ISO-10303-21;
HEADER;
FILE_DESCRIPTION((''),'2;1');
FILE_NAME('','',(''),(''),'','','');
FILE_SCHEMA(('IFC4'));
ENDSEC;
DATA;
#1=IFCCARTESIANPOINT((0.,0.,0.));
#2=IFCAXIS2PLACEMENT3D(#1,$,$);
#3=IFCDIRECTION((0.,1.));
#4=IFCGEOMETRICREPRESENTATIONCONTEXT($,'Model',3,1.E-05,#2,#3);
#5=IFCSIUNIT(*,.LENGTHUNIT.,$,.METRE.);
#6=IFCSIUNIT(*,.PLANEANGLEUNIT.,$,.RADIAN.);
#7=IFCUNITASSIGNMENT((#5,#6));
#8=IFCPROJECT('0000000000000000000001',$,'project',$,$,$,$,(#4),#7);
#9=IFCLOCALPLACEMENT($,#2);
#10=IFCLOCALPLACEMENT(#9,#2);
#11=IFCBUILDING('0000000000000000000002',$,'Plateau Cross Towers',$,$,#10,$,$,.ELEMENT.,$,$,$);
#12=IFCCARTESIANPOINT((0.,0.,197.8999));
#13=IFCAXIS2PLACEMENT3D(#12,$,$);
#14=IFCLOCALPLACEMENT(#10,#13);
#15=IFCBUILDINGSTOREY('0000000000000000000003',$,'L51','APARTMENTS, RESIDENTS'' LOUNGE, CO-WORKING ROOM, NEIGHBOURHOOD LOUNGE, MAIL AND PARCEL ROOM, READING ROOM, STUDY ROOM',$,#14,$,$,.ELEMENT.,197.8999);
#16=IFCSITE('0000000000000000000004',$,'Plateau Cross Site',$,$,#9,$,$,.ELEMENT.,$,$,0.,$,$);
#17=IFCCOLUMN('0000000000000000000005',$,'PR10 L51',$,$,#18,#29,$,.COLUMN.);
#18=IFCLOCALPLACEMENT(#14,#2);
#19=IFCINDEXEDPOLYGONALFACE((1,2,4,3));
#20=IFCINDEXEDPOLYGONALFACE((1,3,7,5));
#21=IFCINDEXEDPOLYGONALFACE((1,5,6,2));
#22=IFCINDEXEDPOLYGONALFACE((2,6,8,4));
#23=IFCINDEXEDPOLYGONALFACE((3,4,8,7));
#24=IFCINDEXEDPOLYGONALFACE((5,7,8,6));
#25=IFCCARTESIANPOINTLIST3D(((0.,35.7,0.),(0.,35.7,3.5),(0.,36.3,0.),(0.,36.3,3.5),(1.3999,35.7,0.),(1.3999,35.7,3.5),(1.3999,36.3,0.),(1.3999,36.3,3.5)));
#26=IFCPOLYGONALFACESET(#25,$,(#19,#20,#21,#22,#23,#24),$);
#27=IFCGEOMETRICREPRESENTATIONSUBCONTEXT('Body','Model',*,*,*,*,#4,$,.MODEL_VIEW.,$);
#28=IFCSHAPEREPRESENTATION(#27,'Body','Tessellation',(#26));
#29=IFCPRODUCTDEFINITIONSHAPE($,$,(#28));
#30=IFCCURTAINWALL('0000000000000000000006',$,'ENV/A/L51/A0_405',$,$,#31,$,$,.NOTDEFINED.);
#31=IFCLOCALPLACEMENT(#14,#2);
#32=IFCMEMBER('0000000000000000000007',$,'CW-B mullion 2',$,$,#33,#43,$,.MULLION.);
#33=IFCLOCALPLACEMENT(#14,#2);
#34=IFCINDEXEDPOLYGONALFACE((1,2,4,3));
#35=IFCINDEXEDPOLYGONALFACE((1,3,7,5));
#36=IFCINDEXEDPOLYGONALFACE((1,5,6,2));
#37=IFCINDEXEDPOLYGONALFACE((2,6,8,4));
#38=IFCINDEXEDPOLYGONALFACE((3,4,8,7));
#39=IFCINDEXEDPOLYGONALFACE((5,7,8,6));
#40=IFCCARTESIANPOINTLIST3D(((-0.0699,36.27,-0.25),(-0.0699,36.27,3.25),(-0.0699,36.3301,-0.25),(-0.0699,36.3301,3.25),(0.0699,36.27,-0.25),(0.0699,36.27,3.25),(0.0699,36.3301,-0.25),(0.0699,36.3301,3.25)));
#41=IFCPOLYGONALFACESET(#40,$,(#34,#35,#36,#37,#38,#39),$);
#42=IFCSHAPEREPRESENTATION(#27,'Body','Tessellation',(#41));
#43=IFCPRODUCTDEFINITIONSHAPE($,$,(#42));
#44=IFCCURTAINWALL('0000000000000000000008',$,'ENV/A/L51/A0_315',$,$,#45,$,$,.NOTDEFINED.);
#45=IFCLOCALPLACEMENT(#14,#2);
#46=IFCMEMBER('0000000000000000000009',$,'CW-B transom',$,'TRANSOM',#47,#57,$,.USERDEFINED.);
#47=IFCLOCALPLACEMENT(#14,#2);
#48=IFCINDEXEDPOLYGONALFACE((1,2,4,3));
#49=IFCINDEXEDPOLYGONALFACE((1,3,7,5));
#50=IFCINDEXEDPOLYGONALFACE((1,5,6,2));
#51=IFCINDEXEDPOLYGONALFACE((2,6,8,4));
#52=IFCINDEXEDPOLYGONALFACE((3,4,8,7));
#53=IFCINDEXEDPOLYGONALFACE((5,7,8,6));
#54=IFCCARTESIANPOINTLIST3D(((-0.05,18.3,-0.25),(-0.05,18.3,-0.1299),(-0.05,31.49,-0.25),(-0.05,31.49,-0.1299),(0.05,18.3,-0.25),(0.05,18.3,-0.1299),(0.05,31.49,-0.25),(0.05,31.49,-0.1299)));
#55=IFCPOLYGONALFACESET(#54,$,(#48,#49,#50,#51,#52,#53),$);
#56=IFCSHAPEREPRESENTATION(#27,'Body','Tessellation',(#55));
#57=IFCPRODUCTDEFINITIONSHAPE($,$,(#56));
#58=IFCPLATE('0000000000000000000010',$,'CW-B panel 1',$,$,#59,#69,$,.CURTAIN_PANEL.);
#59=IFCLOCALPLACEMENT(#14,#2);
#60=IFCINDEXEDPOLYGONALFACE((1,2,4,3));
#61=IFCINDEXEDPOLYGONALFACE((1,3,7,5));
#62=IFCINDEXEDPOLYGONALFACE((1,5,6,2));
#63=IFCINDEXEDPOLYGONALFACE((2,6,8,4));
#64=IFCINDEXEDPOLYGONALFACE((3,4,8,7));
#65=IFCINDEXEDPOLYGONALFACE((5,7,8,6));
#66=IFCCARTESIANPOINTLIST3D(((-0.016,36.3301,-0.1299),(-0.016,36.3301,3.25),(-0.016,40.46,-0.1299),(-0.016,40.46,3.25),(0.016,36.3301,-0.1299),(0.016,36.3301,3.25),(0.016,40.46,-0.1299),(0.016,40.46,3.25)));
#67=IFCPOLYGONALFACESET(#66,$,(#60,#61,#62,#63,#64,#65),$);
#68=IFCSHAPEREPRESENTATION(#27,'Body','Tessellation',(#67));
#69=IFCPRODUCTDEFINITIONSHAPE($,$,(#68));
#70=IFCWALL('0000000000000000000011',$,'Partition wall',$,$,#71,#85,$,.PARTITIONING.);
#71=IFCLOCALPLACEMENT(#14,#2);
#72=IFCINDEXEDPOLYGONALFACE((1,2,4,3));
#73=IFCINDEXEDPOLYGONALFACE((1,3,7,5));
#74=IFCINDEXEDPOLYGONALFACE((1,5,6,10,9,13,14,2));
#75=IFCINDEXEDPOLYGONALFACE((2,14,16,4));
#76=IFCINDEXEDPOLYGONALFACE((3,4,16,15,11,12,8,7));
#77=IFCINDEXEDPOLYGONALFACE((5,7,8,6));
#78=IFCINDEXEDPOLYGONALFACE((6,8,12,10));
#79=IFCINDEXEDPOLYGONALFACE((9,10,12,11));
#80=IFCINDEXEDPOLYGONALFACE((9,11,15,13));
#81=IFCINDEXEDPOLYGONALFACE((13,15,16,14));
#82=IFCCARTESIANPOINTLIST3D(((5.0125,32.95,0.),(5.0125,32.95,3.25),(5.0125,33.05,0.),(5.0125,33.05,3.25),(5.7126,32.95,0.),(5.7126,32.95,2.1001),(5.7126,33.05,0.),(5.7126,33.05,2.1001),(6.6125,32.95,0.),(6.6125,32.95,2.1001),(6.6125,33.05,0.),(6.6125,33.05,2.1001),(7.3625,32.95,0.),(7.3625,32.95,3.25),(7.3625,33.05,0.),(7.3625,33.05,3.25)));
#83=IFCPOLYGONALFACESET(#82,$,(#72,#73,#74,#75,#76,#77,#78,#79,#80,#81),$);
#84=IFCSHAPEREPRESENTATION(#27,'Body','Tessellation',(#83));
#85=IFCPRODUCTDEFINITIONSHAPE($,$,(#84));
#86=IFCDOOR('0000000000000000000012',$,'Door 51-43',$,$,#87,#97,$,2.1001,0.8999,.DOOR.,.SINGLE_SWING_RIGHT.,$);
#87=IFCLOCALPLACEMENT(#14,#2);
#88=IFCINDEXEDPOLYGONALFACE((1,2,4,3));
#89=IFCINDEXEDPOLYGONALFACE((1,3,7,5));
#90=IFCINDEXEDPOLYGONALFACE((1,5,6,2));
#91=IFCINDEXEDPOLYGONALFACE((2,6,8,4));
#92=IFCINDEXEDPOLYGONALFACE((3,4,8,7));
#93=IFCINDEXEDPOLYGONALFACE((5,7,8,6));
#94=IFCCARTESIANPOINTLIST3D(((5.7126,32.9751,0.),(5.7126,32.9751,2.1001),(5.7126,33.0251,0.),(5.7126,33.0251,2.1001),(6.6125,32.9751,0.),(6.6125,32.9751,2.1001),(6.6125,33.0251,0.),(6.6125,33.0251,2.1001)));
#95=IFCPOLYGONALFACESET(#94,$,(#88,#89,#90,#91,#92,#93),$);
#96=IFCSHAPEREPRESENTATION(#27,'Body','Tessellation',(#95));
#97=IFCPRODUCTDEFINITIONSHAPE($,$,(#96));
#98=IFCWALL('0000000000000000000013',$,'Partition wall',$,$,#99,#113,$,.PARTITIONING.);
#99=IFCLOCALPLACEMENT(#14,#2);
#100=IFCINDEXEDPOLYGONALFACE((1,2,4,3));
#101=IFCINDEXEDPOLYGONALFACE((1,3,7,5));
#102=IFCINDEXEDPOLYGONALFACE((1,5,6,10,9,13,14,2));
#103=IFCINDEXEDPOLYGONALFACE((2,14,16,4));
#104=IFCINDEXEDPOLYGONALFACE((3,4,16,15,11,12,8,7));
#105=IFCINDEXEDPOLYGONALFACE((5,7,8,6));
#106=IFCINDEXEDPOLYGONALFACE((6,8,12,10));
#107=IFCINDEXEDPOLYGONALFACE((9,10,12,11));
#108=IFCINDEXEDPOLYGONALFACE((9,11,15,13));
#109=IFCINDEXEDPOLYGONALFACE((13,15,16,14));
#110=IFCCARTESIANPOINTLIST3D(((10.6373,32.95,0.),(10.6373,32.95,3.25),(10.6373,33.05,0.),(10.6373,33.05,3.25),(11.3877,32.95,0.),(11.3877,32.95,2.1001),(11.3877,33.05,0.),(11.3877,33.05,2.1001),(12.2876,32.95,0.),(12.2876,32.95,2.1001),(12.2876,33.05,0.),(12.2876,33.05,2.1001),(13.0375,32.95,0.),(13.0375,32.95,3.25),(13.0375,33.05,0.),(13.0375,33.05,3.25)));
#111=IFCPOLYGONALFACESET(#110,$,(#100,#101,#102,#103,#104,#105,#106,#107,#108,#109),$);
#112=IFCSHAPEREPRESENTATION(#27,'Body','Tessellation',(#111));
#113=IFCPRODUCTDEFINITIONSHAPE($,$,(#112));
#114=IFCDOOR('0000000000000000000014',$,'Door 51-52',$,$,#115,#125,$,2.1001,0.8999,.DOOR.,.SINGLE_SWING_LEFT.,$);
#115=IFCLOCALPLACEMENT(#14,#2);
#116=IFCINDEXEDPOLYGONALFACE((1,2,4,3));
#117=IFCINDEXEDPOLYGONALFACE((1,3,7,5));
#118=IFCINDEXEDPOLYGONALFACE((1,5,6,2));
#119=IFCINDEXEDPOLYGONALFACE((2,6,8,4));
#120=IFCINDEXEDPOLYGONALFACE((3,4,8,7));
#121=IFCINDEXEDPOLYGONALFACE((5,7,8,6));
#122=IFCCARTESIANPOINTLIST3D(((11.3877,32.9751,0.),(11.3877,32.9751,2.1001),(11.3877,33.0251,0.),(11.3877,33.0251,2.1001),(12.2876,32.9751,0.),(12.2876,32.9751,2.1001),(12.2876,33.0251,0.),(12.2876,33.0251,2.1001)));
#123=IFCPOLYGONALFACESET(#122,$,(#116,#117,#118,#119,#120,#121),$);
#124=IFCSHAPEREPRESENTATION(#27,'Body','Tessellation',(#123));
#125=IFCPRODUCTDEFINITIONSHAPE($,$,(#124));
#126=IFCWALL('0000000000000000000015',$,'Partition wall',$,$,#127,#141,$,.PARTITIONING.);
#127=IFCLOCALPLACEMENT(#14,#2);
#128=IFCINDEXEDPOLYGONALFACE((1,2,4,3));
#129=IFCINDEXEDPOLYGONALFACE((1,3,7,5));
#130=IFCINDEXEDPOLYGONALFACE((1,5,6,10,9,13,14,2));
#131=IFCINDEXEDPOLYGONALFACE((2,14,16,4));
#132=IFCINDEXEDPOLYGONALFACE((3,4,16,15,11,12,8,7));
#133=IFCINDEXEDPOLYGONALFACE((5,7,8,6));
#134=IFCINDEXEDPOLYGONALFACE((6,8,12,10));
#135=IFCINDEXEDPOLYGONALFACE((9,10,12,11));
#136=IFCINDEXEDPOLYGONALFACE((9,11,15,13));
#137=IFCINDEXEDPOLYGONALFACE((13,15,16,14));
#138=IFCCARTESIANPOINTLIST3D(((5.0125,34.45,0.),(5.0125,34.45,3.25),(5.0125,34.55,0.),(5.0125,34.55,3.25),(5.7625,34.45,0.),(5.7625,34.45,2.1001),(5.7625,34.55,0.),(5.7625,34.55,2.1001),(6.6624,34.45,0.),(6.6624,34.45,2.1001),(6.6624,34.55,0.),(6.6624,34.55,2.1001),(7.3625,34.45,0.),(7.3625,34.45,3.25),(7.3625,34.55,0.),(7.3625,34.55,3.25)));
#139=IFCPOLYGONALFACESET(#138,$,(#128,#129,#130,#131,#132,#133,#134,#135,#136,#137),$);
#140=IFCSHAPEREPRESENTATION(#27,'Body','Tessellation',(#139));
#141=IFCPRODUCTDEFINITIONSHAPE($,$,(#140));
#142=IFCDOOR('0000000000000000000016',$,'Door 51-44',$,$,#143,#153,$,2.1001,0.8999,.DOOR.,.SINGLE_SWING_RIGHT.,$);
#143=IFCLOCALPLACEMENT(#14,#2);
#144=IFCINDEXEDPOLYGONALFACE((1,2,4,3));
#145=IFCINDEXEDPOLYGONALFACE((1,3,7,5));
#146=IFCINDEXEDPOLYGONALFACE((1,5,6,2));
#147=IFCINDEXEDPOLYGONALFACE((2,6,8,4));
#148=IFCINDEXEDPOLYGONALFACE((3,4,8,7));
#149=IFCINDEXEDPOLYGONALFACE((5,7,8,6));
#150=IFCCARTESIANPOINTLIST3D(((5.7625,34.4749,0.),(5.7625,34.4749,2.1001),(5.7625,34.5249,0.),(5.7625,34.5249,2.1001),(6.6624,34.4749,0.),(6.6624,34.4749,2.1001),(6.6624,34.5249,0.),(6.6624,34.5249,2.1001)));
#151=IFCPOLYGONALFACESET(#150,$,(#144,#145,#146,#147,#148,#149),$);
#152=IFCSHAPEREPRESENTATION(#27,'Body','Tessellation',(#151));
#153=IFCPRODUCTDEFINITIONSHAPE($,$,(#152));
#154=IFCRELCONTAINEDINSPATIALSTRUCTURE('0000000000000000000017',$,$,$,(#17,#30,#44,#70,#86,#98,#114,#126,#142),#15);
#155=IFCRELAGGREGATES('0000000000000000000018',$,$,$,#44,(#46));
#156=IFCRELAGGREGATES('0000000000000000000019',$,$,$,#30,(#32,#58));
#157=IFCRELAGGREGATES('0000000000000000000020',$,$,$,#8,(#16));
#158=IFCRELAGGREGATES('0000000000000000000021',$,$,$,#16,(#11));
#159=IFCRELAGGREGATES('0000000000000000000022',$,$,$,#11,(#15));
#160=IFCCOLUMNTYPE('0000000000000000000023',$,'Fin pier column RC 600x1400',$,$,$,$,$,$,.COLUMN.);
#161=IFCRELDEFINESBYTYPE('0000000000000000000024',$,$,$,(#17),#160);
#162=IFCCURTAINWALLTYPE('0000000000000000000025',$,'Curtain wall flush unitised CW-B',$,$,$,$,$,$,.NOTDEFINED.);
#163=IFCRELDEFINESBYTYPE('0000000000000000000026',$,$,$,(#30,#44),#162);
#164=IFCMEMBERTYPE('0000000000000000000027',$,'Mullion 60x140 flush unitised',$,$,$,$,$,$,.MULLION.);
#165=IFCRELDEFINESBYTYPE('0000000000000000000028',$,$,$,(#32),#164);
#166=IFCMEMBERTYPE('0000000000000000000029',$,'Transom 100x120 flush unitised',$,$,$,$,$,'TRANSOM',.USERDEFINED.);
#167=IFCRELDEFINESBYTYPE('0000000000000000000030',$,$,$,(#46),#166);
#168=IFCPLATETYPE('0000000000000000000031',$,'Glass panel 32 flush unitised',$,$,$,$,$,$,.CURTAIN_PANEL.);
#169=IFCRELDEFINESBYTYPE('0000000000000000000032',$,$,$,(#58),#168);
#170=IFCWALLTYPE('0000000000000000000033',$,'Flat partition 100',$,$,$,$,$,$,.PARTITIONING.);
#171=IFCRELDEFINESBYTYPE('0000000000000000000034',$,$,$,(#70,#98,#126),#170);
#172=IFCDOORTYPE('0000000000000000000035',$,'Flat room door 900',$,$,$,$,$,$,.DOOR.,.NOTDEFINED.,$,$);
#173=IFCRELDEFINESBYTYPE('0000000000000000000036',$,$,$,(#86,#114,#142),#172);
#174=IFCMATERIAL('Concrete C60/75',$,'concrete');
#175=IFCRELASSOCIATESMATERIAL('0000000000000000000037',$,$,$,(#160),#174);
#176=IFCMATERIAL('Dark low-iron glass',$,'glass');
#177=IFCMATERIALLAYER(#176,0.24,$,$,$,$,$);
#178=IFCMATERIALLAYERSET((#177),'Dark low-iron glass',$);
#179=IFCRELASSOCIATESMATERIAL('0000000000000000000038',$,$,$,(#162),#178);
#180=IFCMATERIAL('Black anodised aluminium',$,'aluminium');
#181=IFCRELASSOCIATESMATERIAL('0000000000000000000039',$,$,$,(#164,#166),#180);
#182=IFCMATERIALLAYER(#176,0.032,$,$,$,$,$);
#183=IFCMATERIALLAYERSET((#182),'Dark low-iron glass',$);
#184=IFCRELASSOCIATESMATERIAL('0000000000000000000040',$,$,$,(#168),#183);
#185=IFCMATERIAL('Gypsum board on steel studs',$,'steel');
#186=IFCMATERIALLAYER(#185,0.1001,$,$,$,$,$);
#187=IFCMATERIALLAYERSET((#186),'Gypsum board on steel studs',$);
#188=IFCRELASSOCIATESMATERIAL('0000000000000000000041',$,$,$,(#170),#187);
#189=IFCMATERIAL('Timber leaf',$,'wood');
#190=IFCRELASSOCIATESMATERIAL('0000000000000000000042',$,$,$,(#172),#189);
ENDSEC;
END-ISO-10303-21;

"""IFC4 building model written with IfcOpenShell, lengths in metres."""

from ifc_helpers import new_model, si_unit, direction, frame, frame_2d, origin, origin_2d, place, context, subcontext, project, spatial, rectangle, extrude, material, layer, layer_set, material_profile, profile_set, type_object, element, fill, aggregate, save


model = new_model("IFC4")

# Units and contexts
model_context = context("Model", 3, precision=1e-05, world=origin(), true_north=direction((0.0, 1.0)))
body_context = subcontext(model_context, "Body", "Model", "MODEL_VIEW")
ifc_project = project(units=[si_unit("LENGTHUNIT", "METRE"), si_unit("PLANEANGLEUNIT", "RADIAN")], contexts=[model_context])

# Site, building, storey
site_placement = place(None, origin())
site = spatial("IfcSite", under=ifc_project, at=site_placement, Name="Plateau Cross Site", CompositionType="ELEMENT", RefElevation=0.0)
building_placement = place(site_placement, origin())
building = spatial("IfcBuilding", under=site, at=building_placement, Name="Plateau Cross Towers", CompositionType="ELEMENT")
storey_placement = place(building_placement, frame((0.0, 0.0, 197.8999)))
storey = spatial("IfcBuildingStorey", under=building, at=storey_placement, Name="L51", Description="APARTMENTS, RESIDENTS' LOUNGE, CO-WORKING ROOM, NEIGHBOURHOOD LOUNGE, MAIL AND PARCEL ROOM, READING ROOM, STUDY ROOM", CompositionType="ELEMENT", Elevation=197.8999)

# Column
ifc_material_1 = material(Name="Concrete C60/75", Category="concrete")
ifc_material_profile_1 = material_profile(ifc_material_1, rectangle(XDim=0.6001, YDim=1.3999, at=origin_2d()), Name="RC 600x1400")
ifc_profile_set_1 = profile_set([ifc_material_profile_1], Name="Concrete C60/75")
column_type = type_object("IfcColumnType", Name="Fin pier column RC 600x1400", PredefinedType="COLUMN", material=ifc_profile_set_1)
column_placement = place(storey_placement, frame((0.7, 36.0, 0.0), z_axis=(0.0, 0.0, 1.0), x_axis=(0.0, 1.0, 0.0)))
element("IfcColumn", 1, at=column_placement, inside=storey, type_object=column_type, Name="PR10 L51", PredefinedType="COLUMN", context=body_context, shape_type="SweptSolid", body=[
    extrude(rectangle(XDim=0.6001, YDim=1.3999, at=origin_2d()), origin(), (0.0, 0.0, 1.0), 3.5),
])

# Curtain walls, members
ifc_material_2 = material(Name="Dark low-iron glass", Category="glass")
ifc_layer_1 = layer(ifc_material_2, 0.24)
ifc_layer_set_1 = layer_set([ifc_layer_1], Name="Dark low-iron glass")
curtain_wall_type = type_object("IfcCurtainWallType", Name="Curtain wall flush unitised CW-B", PredefinedType="NOTDEFINED", material=ifc_layer_set_1)
curtain_wall_1_placement = place(storey_placement, origin())
curtain_wall_1 = element("IfcCurtainWall", 2, at=curtain_wall_1_placement, inside=storey, type_object=curtain_wall_type, Name="ENV/A/L51/A0_405", PredefinedType="NOTDEFINED")
ifc_material_3 = material(Name="Black anodised aluminium", Category="aluminium")
ifc_material_profile_2 = material_profile(ifc_material_3, rectangle(XDim=0.0601, YDim=0.1399, at=origin_2d()), Name="MULLION 60x140")
ifc_profile_set_2 = profile_set([ifc_material_profile_2], Name="Black anodised aluminium")
member_type_1 = type_object("IfcMemberType", Name="Mullion 60x140 flush unitised", PredefinedType="MULLION", material=ifc_profile_set_2)
member_1_placement = place(storey_placement, frame((0.0, 36.3, -0.25), z_axis=(0.0, 0.0, 1.0), x_axis=(0.0, -1.0, 0.0)))
member_1 = element("IfcMember", 3, at=member_1_placement, type_object=member_type_1, Name="CW-B mullion 2", PredefinedType="MULLION", context=body_context, shape_type="SweptSolid", body=[
    extrude(rectangle(XDim=0.0601, YDim=0.1399, at=origin_2d()), origin(), (0.0, 0.0, 1.0), 3.5),
])
curtain_wall_2_placement = place(storey_placement, origin())
curtain_wall_2 = element("IfcCurtainWall", 4, at=curtain_wall_2_placement, inside=storey, type_object=curtain_wall_type, Name="ENV/A/L51/A0_315", PredefinedType="NOTDEFINED")
ifc_material_profile_3 = material_profile(ifc_material_3, rectangle(XDim=0.1001, YDim=0.1201, at=origin_2d()), Name="TRANSOM 100x120")
ifc_profile_set_3 = profile_set([ifc_material_profile_3], Name="Black anodised aluminium")
member_type_2 = type_object("IfcMemberType", Name="Transom 100x120 flush unitised", ElementType="TRANSOM", PredefinedType="USERDEFINED", material=ifc_profile_set_3)
member_2_placement = place(storey_placement, frame((0.0, 31.49, -0.1899), z_axis=(0.0, -1.0, 0.0), x_axis=(1.0, 0.0, 0.0)))
member_2 = element("IfcMember", 5, at=member_2_placement, type_object=member_type_2, Name="CW-B transom", ObjectType="TRANSOM", PredefinedType="USERDEFINED", context=body_context, shape_type="SweptSolid", body=[
    extrude(rectangle(XDim=0.1001, YDim=0.1201, at=origin_2d()), origin(), (0.0, 0.0, 1.0), 13.1899),
])
aggregate(curtain_wall_2, [member_2])

# Plate
ifc_layer_2 = layer(ifc_material_2, 0.032)
ifc_layer_set_2 = layer_set([ifc_layer_2], Name="Dark low-iron glass")
plate_type = type_object("IfcPlateType", Name="Glass panel 32 flush unitised", PredefinedType="CURTAIN_PANEL", material=ifc_layer_set_2)
plate_placement = place(storey_placement, frame((0.0, 38.395, -0.1299), z_axis=(0.0, 0.0, 1.0), x_axis=(0.0, -1.0, 0.0)))
plate = element("IfcPlate", 6, at=plate_placement, type_object=plate_type, Name="CW-B panel 1", PredefinedType="CURTAIN_PANEL", context=body_context, shape_type="SweptSolid", body=[
    extrude(rectangle(XDim=4.1299, YDim=0.032, at=origin_2d()), origin(), (0.0, 0.0, 1.0), 3.3799),
])
aggregate(curtain_wall_1, [member_1, plate])

# Walls, openings, doors
ifc_material_4 = material(Name="Gypsum board on steel studs", Category="steel")
ifc_layer_3 = layer(ifc_material_4, 0.1001)
ifc_layer_set_3 = layer_set([ifc_layer_3], Name="Gypsum board on steel studs")
wall_type_1 = type_object("IfcWallType", Name="Flat partition 100", PredefinedType="PARTITIONING", material=ifc_layer_set_3)
wall_1_placement = place(storey_placement, frame((7.3625, 33.0, 0.0), z_axis=(0.0, 0.0, 1.0), x_axis=(-1.0, 0.0, 0.0)))
wall_1 = element("IfcWall", 7, at=wall_1_placement, inside=storey, type_object=wall_type_1, Name="Partition wall", PredefinedType="PARTITIONING", context=body_context, shape_type="SweptSolid", body=[
    extrude(rectangle(XDim=2.3501, YDim=0.1001, at=frame_2d((1.175, 0.0))), origin(), (0.0, 0.0, 1.0), 3.25),
])
opening_1_placement = place(wall_1_placement, frame((0.75, 0.0, 0.0)))
opening_1 = element("IfcOpeningElement", 8, at=opening_1_placement, cuts=wall_1, PredefinedType="OPENING", context=body_context, shape_type="SweptSolid", body=[
    extrude(rectangle(XDim=0.8999, YDim=2.1001, at=frame_2d((0.45, 1.05))), frame((0.0, 0.0601, 0.0), z_axis=(0.0, -1.0, 0.0), x_axis=(1.0, 0.0, 0.0)), (0.0, 0.0, 1.0), 0.1201),
])
ifc_material_5 = material(Name="Timber leaf", Category="wood")
door_type_1 = type_object("IfcDoorType", Name="Flat room door 900", OperationType="NOTDEFINED", PredefinedType="DOOR", material=ifc_material_5)
door_1_placement = place(opening_1_placement, origin())
door_1 = element("IfcDoor", 9, at=door_1_placement, inside=storey, type_object=door_type_1, Name="Door 51-43", OperationType="SINGLE_SWING_RIGHT", OverallHeight=2.1001, OverallWidth=0.8999, PredefinedType="DOOR", context=body_context, shape_type="SweptSolid", body=[
    extrude(rectangle(XDim=0.8999, YDim=2.1001, at=frame_2d((0.45, 1.05))), frame((0.0, 0.0249, 0.0), z_axis=(0.0, -1.0, 0.0), x_axis=(1.0, 0.0, 0.0)), (0.0, 0.0, 1.0), 0.05),
])
fill(opening_1, door_1)
wall_2_placement = place(storey_placement, frame((13.0376, 33.0, 0.0), z_axis=(0.0, 0.0, 1.0), x_axis=(-1.0, 0.0, 0.0)))
wall_2 = element("IfcWall", 10, at=wall_2_placement, inside=storey, type_object=wall_type_1, Name="Partition wall", PredefinedType="PARTITIONING", context=body_context, shape_type="SweptSolid", body=[
    extrude(rectangle(XDim=2.4001, YDim=0.1001, at=frame_2d((1.2002, 0.0))), origin(), (0.0, 0.0, 1.0), 3.25),
])
opening_2_placement = place(wall_2_placement, frame((0.75, 0.0, 0.0)))
opening_2 = element("IfcOpeningElement", 11, at=opening_2_placement, cuts=wall_2, PredefinedType="OPENING", context=body_context, shape_type="SweptSolid", body=[
    extrude(rectangle(XDim=0.8999, YDim=2.1001, at=frame_2d((0.45, 1.05))), frame((0.0, 0.0601, 0.0), z_axis=(0.0, -1.0, 0.0), x_axis=(1.0, 0.0, 0.0)), (0.0, 0.0, 1.0), 0.1201),
])
door_2_placement = place(opening_2_placement, origin())
door_2 = element("IfcDoor", 12, at=door_2_placement, inside=storey, type_object=door_type_1, Name="Door 51-52", OperationType="SINGLE_SWING_LEFT", OverallHeight=2.1001, OverallWidth=0.8999, PredefinedType="DOOR", context=body_context, shape_type="SweptSolid", body=[
    extrude(rectangle(XDim=0.8999, YDim=2.1001, at=frame_2d((0.45, 1.05))), frame((0.0, 0.0249, 0.0), z_axis=(0.0, -1.0, 0.0), x_axis=(1.0, 0.0, 0.0)), (0.0, 0.0, 1.0), 0.05),
])
fill(opening_2, door_2)
wall_3_placement = place(storey_placement, frame((5.0125, 34.5, 0.0), z_axis=(0.0, 0.0, 1.0), x_axis=(1.0, 0.0, 0.0)))
wall_3 = element("IfcWall", 13, at=wall_3_placement, inside=storey, type_object=wall_type_1, Name="Partition wall", PredefinedType="PARTITIONING", context=body_context, shape_type="SweptSolid", body=[
    extrude(rectangle(XDim=2.3501, YDim=0.1001, at=frame_2d((1.175, 0.0))), origin(), (0.0, 0.0, 1.0), 3.25),
])
opening_3_placement = place(wall_3_placement, frame((0.75, 0.0, 0.0)))
opening_3 = element("IfcOpeningElement", 14, at=opening_3_placement, cuts=wall_3, PredefinedType="OPENING", context=body_context, shape_type="SweptSolid", body=[
    extrude(rectangle(XDim=0.8999, YDim=2.1001, at=frame_2d((0.45, 1.05))), frame((0.0, 0.0601, 0.0), z_axis=(0.0, -1.0, 0.0), x_axis=(1.0, 0.0, 0.0)), (0.0, 0.0, 1.0), 0.1201),
])
door_3_placement = place(opening_3_placement, origin())
door_3 = element("IfcDoor", 15, at=door_3_placement, inside=storey, type_object=door_type_1, Name="Door 51-44", OperationType="SINGLE_SWING_RIGHT", OverallHeight=2.1001, OverallWidth=0.8999, PredefinedType="DOOR", context=body_context, shape_type="SweptSolid", body=[
    extrude(rectangle(XDim=0.8999, YDim=2.1001, at=frame_2d((0.45, 1.05))), frame((0.0, 0.0249, 0.0), z_axis=(0.0, -1.0, 0.0), x_axis=(1.0, 0.0, 0.0)), (0.0, 0.0, 1.0), 0.05),
])
fill(opening_3, door_3)

save(model, "model.ifc")
